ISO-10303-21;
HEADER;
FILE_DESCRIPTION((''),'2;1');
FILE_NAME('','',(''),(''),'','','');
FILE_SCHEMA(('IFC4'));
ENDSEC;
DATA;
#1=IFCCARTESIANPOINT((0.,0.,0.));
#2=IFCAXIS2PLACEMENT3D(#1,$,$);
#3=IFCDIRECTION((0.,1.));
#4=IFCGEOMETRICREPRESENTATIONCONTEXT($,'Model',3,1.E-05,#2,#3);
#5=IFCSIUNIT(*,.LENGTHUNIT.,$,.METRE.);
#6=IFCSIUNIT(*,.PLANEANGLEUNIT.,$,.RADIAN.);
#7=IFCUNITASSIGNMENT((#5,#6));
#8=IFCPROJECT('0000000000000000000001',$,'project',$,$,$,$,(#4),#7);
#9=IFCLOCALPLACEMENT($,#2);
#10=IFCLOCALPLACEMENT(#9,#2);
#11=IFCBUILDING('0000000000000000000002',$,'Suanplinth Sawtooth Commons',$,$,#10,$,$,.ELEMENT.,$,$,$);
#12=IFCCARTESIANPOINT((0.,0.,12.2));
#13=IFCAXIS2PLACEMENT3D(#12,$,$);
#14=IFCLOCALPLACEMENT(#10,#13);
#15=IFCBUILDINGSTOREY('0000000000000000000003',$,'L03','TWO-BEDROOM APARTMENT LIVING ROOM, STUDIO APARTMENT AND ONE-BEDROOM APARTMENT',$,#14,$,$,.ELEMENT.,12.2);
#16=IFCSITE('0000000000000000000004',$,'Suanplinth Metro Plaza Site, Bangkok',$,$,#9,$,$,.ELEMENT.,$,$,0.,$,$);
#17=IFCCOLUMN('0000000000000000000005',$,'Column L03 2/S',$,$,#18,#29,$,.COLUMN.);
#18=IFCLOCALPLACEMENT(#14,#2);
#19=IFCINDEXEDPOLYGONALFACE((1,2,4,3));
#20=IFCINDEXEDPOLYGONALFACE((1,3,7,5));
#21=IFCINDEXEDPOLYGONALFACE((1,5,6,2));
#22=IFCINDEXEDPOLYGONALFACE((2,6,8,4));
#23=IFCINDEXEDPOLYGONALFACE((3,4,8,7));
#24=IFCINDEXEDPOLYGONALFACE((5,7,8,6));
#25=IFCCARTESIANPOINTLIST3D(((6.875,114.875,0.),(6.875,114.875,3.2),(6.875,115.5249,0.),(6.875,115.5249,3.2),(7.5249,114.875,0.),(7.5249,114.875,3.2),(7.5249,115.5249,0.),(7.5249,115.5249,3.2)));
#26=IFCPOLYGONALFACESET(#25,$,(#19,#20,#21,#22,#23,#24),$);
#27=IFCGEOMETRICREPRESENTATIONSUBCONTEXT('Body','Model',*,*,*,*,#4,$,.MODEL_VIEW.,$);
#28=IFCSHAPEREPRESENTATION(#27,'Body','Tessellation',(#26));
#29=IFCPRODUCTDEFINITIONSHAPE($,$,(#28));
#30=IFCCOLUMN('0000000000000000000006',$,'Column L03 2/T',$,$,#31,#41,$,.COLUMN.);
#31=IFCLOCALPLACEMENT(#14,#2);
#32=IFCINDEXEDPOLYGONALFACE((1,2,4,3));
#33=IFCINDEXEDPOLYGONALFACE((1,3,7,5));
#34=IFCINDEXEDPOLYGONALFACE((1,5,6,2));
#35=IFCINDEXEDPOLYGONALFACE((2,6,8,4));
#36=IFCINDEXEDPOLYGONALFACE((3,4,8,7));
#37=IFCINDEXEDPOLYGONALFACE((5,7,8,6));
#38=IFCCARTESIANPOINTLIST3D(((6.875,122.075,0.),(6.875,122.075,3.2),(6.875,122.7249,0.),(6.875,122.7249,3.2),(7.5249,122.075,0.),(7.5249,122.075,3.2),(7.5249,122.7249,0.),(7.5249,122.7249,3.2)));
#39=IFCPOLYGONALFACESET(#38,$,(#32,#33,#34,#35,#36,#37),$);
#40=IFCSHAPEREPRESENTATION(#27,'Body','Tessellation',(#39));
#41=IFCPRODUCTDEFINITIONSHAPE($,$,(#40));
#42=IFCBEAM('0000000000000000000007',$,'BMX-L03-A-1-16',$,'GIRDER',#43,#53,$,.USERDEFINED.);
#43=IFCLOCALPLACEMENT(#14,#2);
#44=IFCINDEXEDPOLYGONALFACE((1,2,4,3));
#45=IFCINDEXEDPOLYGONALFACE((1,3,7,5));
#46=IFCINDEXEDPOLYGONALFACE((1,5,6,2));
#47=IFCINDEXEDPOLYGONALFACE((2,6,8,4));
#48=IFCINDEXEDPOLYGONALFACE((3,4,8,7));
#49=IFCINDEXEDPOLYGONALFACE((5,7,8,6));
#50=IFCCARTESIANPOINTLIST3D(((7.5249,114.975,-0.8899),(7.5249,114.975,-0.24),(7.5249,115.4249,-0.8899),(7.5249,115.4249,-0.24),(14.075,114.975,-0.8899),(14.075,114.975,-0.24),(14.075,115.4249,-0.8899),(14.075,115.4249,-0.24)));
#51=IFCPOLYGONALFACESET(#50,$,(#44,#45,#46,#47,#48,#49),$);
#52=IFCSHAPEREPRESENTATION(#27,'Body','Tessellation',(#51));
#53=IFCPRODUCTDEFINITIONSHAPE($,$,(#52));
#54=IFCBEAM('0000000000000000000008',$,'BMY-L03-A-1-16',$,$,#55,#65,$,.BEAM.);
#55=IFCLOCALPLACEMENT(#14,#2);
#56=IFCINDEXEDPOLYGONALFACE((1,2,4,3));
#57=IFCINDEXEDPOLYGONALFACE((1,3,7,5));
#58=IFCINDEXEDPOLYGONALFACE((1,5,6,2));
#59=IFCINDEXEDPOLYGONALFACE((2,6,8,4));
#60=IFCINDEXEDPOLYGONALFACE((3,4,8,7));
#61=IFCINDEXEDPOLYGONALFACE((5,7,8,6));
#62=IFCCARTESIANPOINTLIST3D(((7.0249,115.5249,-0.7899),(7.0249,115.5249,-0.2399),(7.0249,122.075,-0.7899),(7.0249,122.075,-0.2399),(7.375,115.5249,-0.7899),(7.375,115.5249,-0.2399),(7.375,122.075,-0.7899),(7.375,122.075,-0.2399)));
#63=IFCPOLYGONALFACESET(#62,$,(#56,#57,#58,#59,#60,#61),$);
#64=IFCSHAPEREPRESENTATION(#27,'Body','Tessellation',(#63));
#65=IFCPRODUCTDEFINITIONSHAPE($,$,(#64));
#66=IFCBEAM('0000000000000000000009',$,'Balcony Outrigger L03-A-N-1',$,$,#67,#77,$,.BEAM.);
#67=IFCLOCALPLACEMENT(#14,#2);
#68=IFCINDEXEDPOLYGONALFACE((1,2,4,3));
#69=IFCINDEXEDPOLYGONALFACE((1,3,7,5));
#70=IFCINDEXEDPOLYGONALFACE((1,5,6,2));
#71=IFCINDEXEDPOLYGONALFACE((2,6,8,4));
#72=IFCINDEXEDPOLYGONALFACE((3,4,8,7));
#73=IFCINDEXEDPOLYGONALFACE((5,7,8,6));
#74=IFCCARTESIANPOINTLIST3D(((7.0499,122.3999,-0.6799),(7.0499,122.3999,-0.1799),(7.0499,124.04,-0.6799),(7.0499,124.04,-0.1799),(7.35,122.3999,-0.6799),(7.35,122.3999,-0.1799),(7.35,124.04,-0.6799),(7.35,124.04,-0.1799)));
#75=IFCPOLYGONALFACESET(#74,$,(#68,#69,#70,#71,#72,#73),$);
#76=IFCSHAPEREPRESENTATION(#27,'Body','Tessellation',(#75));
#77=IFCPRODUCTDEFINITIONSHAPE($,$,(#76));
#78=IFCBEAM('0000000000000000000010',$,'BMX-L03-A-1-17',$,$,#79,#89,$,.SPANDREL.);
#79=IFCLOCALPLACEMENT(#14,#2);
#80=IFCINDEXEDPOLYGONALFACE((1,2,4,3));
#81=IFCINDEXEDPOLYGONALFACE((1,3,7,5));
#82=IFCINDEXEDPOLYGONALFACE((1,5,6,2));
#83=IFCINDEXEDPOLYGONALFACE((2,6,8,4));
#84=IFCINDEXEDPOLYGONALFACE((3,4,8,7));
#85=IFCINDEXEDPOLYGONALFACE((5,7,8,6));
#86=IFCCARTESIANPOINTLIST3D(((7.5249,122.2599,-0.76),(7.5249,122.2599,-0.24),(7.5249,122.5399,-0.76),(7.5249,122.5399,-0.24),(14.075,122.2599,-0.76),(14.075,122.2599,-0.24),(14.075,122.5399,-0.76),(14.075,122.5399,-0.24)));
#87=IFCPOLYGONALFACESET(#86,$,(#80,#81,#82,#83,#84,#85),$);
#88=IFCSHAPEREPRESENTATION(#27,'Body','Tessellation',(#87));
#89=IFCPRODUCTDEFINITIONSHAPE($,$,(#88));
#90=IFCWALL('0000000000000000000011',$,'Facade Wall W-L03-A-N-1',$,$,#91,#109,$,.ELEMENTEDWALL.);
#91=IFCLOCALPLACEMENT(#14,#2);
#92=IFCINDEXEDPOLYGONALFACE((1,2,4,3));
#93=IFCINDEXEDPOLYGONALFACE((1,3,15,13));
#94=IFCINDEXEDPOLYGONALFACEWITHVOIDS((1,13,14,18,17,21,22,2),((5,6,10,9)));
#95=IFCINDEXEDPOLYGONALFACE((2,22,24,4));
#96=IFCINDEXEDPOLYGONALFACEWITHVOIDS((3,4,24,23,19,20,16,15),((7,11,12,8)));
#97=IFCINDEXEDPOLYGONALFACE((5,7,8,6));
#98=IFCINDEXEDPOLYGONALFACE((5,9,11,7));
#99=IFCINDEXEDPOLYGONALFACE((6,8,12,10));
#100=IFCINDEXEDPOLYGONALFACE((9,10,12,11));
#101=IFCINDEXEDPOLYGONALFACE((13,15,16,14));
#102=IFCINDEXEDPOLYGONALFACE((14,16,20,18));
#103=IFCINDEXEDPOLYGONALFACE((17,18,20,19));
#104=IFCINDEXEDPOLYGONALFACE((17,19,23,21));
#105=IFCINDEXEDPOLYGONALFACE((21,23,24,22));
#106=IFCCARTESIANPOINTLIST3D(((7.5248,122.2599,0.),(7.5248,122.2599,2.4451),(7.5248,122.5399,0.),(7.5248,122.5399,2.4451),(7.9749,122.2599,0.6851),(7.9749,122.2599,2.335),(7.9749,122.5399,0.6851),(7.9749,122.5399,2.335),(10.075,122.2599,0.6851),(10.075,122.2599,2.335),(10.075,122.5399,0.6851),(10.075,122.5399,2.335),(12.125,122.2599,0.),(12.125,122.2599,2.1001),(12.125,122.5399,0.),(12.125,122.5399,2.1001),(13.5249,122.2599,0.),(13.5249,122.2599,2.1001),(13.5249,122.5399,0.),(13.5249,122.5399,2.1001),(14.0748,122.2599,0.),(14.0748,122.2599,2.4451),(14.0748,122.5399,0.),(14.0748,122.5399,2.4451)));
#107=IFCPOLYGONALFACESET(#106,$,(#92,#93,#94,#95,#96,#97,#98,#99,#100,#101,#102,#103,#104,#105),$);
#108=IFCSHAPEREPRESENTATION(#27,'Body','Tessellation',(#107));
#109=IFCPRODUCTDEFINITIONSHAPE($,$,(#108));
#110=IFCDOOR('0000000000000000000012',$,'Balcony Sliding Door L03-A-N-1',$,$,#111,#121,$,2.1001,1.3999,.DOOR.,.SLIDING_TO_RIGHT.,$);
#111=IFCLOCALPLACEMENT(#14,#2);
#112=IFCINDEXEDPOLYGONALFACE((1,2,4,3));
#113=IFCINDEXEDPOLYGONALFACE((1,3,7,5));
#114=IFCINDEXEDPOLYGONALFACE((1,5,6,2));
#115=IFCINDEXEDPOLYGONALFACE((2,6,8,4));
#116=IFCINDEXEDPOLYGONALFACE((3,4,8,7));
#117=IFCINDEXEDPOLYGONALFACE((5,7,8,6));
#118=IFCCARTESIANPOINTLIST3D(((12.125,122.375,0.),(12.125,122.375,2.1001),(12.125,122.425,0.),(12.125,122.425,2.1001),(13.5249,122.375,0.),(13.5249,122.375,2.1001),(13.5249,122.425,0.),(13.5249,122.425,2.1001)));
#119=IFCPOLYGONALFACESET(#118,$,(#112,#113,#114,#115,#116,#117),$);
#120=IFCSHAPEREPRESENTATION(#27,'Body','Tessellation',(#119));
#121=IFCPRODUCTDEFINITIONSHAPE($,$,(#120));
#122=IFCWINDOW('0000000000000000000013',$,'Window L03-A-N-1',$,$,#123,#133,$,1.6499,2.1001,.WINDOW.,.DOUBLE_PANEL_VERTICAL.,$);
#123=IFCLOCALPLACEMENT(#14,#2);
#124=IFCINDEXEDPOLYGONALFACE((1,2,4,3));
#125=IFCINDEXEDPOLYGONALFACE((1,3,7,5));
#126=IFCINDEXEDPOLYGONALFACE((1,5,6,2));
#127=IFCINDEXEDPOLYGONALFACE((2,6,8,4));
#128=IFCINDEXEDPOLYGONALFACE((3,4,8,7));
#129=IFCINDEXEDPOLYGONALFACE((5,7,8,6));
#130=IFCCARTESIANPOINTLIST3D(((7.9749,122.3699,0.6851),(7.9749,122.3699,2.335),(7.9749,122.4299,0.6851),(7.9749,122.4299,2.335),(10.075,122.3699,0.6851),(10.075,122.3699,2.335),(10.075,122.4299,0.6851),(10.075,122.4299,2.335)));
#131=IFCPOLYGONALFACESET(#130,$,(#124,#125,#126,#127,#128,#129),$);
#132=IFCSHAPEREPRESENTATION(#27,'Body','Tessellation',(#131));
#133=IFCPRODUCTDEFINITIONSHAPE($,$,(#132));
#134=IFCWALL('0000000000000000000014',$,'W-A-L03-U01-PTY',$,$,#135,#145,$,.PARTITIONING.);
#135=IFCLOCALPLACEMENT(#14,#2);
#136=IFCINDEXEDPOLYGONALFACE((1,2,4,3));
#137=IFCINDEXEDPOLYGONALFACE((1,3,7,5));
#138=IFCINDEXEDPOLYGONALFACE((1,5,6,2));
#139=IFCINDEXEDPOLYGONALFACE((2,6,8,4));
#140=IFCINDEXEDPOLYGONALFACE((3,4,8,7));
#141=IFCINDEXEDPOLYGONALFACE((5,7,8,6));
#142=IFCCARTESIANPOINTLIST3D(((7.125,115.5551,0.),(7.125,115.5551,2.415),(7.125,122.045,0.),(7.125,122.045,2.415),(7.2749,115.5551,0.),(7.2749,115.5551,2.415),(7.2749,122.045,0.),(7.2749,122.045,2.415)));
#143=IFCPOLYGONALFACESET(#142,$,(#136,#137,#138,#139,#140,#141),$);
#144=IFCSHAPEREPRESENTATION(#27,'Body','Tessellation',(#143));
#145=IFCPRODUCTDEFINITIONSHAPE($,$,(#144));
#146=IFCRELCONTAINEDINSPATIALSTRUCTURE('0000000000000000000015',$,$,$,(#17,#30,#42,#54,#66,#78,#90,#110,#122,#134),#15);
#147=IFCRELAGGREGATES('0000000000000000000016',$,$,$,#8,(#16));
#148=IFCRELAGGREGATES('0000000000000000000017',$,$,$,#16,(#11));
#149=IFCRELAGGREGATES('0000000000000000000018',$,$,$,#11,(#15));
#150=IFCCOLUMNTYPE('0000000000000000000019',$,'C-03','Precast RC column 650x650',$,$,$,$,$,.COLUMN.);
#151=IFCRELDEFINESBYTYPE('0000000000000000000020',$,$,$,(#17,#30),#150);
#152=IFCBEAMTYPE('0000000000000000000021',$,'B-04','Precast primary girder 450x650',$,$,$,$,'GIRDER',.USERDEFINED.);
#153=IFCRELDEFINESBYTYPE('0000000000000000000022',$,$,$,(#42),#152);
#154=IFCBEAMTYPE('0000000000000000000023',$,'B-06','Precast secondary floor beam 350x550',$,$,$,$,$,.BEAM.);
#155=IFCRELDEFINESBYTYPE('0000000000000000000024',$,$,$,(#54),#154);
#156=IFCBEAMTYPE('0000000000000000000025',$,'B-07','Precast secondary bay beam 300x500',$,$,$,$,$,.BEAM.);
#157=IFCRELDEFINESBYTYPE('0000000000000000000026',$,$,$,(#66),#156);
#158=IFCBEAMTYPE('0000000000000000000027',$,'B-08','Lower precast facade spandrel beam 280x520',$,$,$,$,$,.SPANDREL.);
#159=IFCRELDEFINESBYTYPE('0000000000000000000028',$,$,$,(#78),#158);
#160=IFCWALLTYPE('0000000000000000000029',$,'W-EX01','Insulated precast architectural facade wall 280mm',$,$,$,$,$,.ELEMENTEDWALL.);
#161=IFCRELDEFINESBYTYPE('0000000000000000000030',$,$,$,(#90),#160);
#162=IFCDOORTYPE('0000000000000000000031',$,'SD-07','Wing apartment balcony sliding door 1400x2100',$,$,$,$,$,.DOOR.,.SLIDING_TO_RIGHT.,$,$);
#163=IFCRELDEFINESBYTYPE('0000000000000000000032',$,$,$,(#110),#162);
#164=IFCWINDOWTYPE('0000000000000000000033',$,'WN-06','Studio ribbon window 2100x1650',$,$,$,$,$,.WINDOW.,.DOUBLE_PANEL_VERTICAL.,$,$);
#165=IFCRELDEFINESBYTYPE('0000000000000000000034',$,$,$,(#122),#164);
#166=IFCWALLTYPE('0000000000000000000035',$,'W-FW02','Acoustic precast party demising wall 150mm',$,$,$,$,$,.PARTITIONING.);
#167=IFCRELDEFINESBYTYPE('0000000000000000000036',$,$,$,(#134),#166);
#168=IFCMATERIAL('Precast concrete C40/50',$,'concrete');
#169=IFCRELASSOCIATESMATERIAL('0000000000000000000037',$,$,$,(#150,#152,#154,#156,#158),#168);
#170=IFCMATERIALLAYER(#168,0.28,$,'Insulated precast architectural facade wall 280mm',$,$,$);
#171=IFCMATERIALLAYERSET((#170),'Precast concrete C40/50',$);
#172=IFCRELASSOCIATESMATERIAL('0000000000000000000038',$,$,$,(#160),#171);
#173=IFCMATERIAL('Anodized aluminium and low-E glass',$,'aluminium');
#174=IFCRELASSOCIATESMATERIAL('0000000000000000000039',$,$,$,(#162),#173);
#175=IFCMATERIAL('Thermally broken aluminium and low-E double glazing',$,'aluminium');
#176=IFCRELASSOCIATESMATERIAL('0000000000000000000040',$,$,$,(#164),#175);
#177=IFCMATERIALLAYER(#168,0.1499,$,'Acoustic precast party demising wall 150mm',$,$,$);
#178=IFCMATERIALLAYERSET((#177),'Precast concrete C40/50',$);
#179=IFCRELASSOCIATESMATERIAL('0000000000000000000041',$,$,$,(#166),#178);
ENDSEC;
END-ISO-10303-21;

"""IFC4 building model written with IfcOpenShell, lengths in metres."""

from ifc_helpers import new_model, si_unit, direction, frame, frame_2d, origin, origin_2d, place, context, subcontext, project, spatial, rectangle, extrude, material, layer, layer_set, material_profile, profile_set, type_object, element, fill, save


model = new_model("IFC4")

# Units and contexts
model_context = context("Model", 3, precision=1e-05, world=origin(), true_north=direction((0.0, 1.0)))
body_context = subcontext(model_context, "Body", "Model", "MODEL_VIEW")
ifc_project = project(units=[si_unit("LENGTHUNIT", "METRE"), si_unit("PLANEANGLEUNIT", "RADIAN")], contexts=[model_context])

# Site, building, storey
site_placement = place(None, origin())
site = spatial("IfcSite", under=ifc_project, at=site_placement, Name="Suanplinth Metro Plaza Site, Bangkok", CompositionType="ELEMENT", RefElevation=0.0)
building_placement = place(site_placement, origin())
building = spatial("IfcBuilding", under=site, at=building_placement, Name="Suanplinth Sawtooth Commons", CompositionType="ELEMENT")
storey_placement = place(building_placement, frame((0.0, 0.0, 12.2)))
storey = spatial("IfcBuildingStorey", under=building, at=storey_placement, Name="L03", Description="TWO-BEDROOM APARTMENT LIVING ROOM, STUDIO APARTMENT AND ONE-BEDROOM APARTMENT", CompositionType="ELEMENT", Elevation=12.2)

# Columns
ifc_material_1 = material(Name="Precast concrete C40/50", Category="concrete")
ifc_material_profile_1 = material_profile(ifc_material_1, rectangle(XDim=0.6499, YDim=0.6499, at=origin_2d()), Name="PC-COL 650x650")
ifc_profile_set_1 = profile_set([ifc_material_profile_1], Name="Precast concrete C40/50")
column_type = type_object("IfcColumnType", Name="C-03", Description="Precast RC column 650x650", PredefinedType="COLUMN", material=ifc_profile_set_1)
for number, where, z_axis, x_axis, name in (
    (1, (7.2, 115.2, 0.0), (0.0, 0.0, 1.0), (1.0, 0.0, 0.0), "Column L03 2/S"),
    (2, (7.2, 122.3999, 0.0), (0.0, 0.0, 1.0), (1.0, 0.0, 0.0), "Column L03 2/T"),
):
    element("IfcColumn", number, at=place(storey_placement, frame(where, z_axis=z_axis, x_axis=x_axis)), inside=storey, type_object=column_type, Name=name, PredefinedType="COLUMN", context=body_context, shape_type="SweptSolid", body=[
        extrude(rectangle(XDim=0.6499, YDim=0.6499, at=origin_2d()), origin(), (0.0, 0.0, 1.0), 3.2),
    ])

# Beams
ifc_material_profile_2 = material_profile(ifc_material_1, rectangle(XDim=0.45, YDim=0.6499, at=origin_2d()), Name="PC-GDR 450x650")
ifc_profile_set_2 = profile_set([ifc_material_profile_2], Name="Precast concrete C40/50")
beam_type_1 = type_object("IfcBeamType", Name="B-04", Description="Precast primary girder 450x650", ElementType="GIRDER", PredefinedType="USERDEFINED", material=ifc_profile_set_2)
beam_1_placement = place(storey_placement, frame((7.5249, 115.2, -0.5649), z_axis=(1.0, 0.0, 0.0), x_axis=(0.0, 1.0, 0.0)))
element("IfcBeam", 3, at=beam_1_placement, inside=storey, type_object=beam_type_1, Name="BMX-L03-A-1-16", ObjectType="GIRDER", PredefinedType="USERDEFINED", context=body_context, shape_type="SweptSolid", body=[
    extrude(rectangle(XDim=0.45, YDim=0.6499, at=origin_2d()), origin(), (0.0, 0.0, 1.0), 6.55),
])
ifc_material_profile_3 = material_profile(ifc_material_1, rectangle(XDim=0.3501, YDim=0.55, at=origin_2d()), Name="PC-BM 350x550")
ifc_profile_set_3 = profile_set([ifc_material_profile_3], Name="Precast concrete C40/50")
beam_type_2 = type_object("IfcBeamType", Name="B-06", Description="Precast secondary floor beam 350x550", PredefinedType="BEAM", material=ifc_profile_set_3)
beam_2_placement = place(storey_placement, frame((7.2, 115.5249, -0.5149), z_axis=(0.0, 1.0, 0.0), x_axis=(-1.0, 0.0, 0.0)))
element("IfcBeam", 4, at=beam_2_placement, inside=storey, type_object=beam_type_2, Name="BMY-L03-A-1-16", PredefinedType="BEAM", context=body_context, shape_type="SweptSolid", body=[
    extrude(rectangle(XDim=0.3501, YDim=0.55, at=origin_2d()), origin(), (0.0, 0.0, 1.0), 6.55),
])
ifc_material_profile_4 = material_profile(ifc_material_1, rectangle(XDim=0.3, YDim=0.5, at=origin_2d()), Name="PC-BM 300x500")
ifc_profile_set_4 = profile_set([ifc_material_profile_4], Name="Precast concrete C40/50")
beam_type_3 = type_object("IfcBeamType", Name="B-07", Description="Precast secondary bay beam 300x500", PredefinedType="BEAM", material=ifc_profile_set_4)
beam_3_placement = place(storey_placement, frame((7.2, 122.3999, -0.4299), z_axis=(0.0, 1.0, 0.0), x_axis=(-1.0, 0.0, 0.0)))
element("IfcBeam", 5, at=beam_3_placement, inside=storey, type_object=beam_type_3, Name="Balcony Outrigger L03-A-N-1", PredefinedType="BEAM", context=body_context, shape_type="SweptSolid", body=[
    extrude(rectangle(XDim=0.3, YDim=0.5, at=origin_2d()), origin(), (0.0, 0.0, 1.0), 1.6401),
])
ifc_material_profile_5 = material_profile(ifc_material_1, rectangle(XDim=0.28, YDim=0.52, at=origin_2d()), Name="PC-SP 280x520")
ifc_profile_set_5 = profile_set([ifc_material_profile_5], Name="Precast concrete C40/50")
beam_type_4 = type_object("IfcBeamType", Name="B-08", Description="Lower precast facade spandrel beam 280x520", PredefinedType="SPANDREL", material=ifc_profile_set_5)
beam_4_placement = place(storey_placement, frame((7.5249, 122.3999, -0.5), z_axis=(1.0, 0.0, 0.0), x_axis=(0.0, 1.0, 0.0)))
element("IfcBeam", 6, at=beam_4_placement, inside=storey, type_object=beam_type_4, Name="BMX-L03-A-1-17", PredefinedType="SPANDREL", context=body_context, shape_type="SweptSolid", body=[
    extrude(rectangle(XDim=0.28, YDim=0.52, at=origin_2d()), origin(), (0.0, 0.0, 1.0), 6.55),
])

# Wall, openings, door, window
ifc_layer_1 = layer(ifc_material_1, 0.28, Name="Insulated precast architectural facade wall 280mm")
ifc_layer_set_1 = layer_set([ifc_layer_1], Name="Precast concrete C40/50")
wall_type_1 = type_object("IfcWallType", Name="W-EX01", Description="Insulated precast architectural facade wall 280mm", PredefinedType="ELEMENTEDWALL", material=ifc_layer_set_1)
wall_1_placement = place(storey_placement, frame((7.5249, 122.3999, 0.0), z_axis=(0.0, 0.0, 1.0), x_axis=(1.0, 0.0, 0.0)))
wall_1 = element("IfcWall", 7, at=wall_1_placement, inside=storey, type_object=wall_type_1, Name="Facade Wall W-L03-A-N-1", PredefinedType="ELEMENTEDWALL", context=body_context, shape_type="SweptSolid", body=[
    extrude(rectangle(XDim=6.55, YDim=0.28, at=frame_2d((3.2749, 0.0))), origin(), (0.0, 0.0, 1.0), 2.4451),
])
opening_1_placement = place(wall_1_placement, frame((4.6001, 0.0, 0.0)))
opening_1 = element("IfcOpeningElement", 8, at=opening_1_placement, cuts=wall_1, PredefinedType="OPENING", context=body_context, shape_type="SweptSolid", body=[
    extrude(rectangle(XDim=1.3999, YDim=2.1001, at=frame_2d((0.7, 1.05))), frame((0.0, 0.1548, 0.0), z_axis=(0.0, -1.0, 0.0), x_axis=(1.0, 0.0, 0.0)), (0.0, 0.0, 1.0), 0.3098),
])
opening_2_placement = place(wall_1_placement, frame((0.45, 0.0, 0.6851)))
opening_2 = element("IfcOpeningElement", 9, at=opening_2_placement, cuts=wall_1, PredefinedType="OPENING", context=body_context, shape_type="SweptSolid", body=[
    extrude(rectangle(XDim=2.1001, YDim=1.6499, at=frame_2d((1.05, 0.825))), frame((0.0, 0.1548, 0.0), z_axis=(0.0, -1.0, 0.0), x_axis=(1.0, 0.0, 0.0)), (0.0, 0.0, 1.0), 0.3098),
])
ifc_material_2 = material(Name="Anodized aluminium and low-E glass", Category="aluminium")
door_type_1 = type_object("IfcDoorType", Name="SD-07", Description="Wing apartment balcony sliding door 1400x2100", OperationType="SLIDING_TO_RIGHT", PredefinedType="DOOR", material=ifc_material_2)
door_1_placement = place(opening_1_placement, frame((1.3999, 0.0, 0.0), z_axis=(0.0, 0.0, 1.0), x_axis=(-1.0, 0.0, 0.0)))
door_1 = element("IfcDoor", 10, at=door_1_placement, inside=storey, type_object=door_type_1, Name="Balcony Sliding Door L03-A-N-1", OperationType="SLIDING_TO_RIGHT", OverallHeight=2.1001, OverallWidth=1.3999, PredefinedType="DOOR", context=body_context, shape_type="SweptSolid", body=[
    extrude(rectangle(XDim=1.3999, YDim=2.1001, at=frame_2d((0.7, 1.05))), frame((0.0, 0.0249, 0.0), z_axis=(0.0, -1.0, 0.0), x_axis=(1.0, 0.0, 0.0)), (0.0, 0.0, 1.0), 0.05),
])
fill(opening_1, door_1)
ifc_material_3 = material(Name="Thermally broken aluminium and low-E double glazing", Category="aluminium")
window_type = type_object("IfcWindowType", Name="WN-06", Description="Studio ribbon window 2100x1650", PartitioningType="DOUBLE_PANEL_VERTICAL", PredefinedType="WINDOW", material=ifc_material_3)
window_placement = place(opening_2_placement, origin())
window = element("IfcWindow", 11, at=window_placement, inside=storey, type_object=window_type, Name="Window L03-A-N-1", OverallHeight=1.6499, OverallWidth=2.1001, PartitioningType="DOUBLE_PANEL_VERTICAL", PredefinedType="WINDOW", context=body_context, shape_type="SweptSolid", body=[
    extrude(rectangle(XDim=2.1001, YDim=1.6499, at=frame_2d((1.05, 0.825))), frame((0.0, 0.03, 0.0), z_axis=(0.0, -1.0, 0.0), x_axis=(1.0, 0.0, 0.0)), (0.0, 0.0, 1.0), 0.0601),
])
fill(opening_2, window)

# Wall
ifc_layer_2 = layer(ifc_material_1, 0.1499, Name="Acoustic precast party demising wall 150mm")
ifc_layer_set_2 = layer_set([ifc_layer_2], Name="Precast concrete C40/50")
wall_type_2 = type_object("IfcWallType", Name="W-FW02", Description="Acoustic precast party demising wall 150mm", PredefinedType="PARTITIONING", material=ifc_layer_set_2)
wall_2_placement = place(storey_placement, frame((7.2, 115.5549, 0.0), z_axis=(0.0, 0.0, 1.0), x_axis=(0.0, 1.0, 0.0)))
element("IfcWall", 12, at=wall_2_placement, inside=storey, type_object=wall_type_2, Name="W-A-L03-U01-PTY", PredefinedType="PARTITIONING", context=body_context, shape_type="SweptSolid", body=[
    extrude(rectangle(XDim=6.49, YDim=0.1499, at=frame_2d((3.2451, 0.0))), origin(), (0.0, 0.0, 1.0), 2.415),
])

save(model, "model.ifc")
